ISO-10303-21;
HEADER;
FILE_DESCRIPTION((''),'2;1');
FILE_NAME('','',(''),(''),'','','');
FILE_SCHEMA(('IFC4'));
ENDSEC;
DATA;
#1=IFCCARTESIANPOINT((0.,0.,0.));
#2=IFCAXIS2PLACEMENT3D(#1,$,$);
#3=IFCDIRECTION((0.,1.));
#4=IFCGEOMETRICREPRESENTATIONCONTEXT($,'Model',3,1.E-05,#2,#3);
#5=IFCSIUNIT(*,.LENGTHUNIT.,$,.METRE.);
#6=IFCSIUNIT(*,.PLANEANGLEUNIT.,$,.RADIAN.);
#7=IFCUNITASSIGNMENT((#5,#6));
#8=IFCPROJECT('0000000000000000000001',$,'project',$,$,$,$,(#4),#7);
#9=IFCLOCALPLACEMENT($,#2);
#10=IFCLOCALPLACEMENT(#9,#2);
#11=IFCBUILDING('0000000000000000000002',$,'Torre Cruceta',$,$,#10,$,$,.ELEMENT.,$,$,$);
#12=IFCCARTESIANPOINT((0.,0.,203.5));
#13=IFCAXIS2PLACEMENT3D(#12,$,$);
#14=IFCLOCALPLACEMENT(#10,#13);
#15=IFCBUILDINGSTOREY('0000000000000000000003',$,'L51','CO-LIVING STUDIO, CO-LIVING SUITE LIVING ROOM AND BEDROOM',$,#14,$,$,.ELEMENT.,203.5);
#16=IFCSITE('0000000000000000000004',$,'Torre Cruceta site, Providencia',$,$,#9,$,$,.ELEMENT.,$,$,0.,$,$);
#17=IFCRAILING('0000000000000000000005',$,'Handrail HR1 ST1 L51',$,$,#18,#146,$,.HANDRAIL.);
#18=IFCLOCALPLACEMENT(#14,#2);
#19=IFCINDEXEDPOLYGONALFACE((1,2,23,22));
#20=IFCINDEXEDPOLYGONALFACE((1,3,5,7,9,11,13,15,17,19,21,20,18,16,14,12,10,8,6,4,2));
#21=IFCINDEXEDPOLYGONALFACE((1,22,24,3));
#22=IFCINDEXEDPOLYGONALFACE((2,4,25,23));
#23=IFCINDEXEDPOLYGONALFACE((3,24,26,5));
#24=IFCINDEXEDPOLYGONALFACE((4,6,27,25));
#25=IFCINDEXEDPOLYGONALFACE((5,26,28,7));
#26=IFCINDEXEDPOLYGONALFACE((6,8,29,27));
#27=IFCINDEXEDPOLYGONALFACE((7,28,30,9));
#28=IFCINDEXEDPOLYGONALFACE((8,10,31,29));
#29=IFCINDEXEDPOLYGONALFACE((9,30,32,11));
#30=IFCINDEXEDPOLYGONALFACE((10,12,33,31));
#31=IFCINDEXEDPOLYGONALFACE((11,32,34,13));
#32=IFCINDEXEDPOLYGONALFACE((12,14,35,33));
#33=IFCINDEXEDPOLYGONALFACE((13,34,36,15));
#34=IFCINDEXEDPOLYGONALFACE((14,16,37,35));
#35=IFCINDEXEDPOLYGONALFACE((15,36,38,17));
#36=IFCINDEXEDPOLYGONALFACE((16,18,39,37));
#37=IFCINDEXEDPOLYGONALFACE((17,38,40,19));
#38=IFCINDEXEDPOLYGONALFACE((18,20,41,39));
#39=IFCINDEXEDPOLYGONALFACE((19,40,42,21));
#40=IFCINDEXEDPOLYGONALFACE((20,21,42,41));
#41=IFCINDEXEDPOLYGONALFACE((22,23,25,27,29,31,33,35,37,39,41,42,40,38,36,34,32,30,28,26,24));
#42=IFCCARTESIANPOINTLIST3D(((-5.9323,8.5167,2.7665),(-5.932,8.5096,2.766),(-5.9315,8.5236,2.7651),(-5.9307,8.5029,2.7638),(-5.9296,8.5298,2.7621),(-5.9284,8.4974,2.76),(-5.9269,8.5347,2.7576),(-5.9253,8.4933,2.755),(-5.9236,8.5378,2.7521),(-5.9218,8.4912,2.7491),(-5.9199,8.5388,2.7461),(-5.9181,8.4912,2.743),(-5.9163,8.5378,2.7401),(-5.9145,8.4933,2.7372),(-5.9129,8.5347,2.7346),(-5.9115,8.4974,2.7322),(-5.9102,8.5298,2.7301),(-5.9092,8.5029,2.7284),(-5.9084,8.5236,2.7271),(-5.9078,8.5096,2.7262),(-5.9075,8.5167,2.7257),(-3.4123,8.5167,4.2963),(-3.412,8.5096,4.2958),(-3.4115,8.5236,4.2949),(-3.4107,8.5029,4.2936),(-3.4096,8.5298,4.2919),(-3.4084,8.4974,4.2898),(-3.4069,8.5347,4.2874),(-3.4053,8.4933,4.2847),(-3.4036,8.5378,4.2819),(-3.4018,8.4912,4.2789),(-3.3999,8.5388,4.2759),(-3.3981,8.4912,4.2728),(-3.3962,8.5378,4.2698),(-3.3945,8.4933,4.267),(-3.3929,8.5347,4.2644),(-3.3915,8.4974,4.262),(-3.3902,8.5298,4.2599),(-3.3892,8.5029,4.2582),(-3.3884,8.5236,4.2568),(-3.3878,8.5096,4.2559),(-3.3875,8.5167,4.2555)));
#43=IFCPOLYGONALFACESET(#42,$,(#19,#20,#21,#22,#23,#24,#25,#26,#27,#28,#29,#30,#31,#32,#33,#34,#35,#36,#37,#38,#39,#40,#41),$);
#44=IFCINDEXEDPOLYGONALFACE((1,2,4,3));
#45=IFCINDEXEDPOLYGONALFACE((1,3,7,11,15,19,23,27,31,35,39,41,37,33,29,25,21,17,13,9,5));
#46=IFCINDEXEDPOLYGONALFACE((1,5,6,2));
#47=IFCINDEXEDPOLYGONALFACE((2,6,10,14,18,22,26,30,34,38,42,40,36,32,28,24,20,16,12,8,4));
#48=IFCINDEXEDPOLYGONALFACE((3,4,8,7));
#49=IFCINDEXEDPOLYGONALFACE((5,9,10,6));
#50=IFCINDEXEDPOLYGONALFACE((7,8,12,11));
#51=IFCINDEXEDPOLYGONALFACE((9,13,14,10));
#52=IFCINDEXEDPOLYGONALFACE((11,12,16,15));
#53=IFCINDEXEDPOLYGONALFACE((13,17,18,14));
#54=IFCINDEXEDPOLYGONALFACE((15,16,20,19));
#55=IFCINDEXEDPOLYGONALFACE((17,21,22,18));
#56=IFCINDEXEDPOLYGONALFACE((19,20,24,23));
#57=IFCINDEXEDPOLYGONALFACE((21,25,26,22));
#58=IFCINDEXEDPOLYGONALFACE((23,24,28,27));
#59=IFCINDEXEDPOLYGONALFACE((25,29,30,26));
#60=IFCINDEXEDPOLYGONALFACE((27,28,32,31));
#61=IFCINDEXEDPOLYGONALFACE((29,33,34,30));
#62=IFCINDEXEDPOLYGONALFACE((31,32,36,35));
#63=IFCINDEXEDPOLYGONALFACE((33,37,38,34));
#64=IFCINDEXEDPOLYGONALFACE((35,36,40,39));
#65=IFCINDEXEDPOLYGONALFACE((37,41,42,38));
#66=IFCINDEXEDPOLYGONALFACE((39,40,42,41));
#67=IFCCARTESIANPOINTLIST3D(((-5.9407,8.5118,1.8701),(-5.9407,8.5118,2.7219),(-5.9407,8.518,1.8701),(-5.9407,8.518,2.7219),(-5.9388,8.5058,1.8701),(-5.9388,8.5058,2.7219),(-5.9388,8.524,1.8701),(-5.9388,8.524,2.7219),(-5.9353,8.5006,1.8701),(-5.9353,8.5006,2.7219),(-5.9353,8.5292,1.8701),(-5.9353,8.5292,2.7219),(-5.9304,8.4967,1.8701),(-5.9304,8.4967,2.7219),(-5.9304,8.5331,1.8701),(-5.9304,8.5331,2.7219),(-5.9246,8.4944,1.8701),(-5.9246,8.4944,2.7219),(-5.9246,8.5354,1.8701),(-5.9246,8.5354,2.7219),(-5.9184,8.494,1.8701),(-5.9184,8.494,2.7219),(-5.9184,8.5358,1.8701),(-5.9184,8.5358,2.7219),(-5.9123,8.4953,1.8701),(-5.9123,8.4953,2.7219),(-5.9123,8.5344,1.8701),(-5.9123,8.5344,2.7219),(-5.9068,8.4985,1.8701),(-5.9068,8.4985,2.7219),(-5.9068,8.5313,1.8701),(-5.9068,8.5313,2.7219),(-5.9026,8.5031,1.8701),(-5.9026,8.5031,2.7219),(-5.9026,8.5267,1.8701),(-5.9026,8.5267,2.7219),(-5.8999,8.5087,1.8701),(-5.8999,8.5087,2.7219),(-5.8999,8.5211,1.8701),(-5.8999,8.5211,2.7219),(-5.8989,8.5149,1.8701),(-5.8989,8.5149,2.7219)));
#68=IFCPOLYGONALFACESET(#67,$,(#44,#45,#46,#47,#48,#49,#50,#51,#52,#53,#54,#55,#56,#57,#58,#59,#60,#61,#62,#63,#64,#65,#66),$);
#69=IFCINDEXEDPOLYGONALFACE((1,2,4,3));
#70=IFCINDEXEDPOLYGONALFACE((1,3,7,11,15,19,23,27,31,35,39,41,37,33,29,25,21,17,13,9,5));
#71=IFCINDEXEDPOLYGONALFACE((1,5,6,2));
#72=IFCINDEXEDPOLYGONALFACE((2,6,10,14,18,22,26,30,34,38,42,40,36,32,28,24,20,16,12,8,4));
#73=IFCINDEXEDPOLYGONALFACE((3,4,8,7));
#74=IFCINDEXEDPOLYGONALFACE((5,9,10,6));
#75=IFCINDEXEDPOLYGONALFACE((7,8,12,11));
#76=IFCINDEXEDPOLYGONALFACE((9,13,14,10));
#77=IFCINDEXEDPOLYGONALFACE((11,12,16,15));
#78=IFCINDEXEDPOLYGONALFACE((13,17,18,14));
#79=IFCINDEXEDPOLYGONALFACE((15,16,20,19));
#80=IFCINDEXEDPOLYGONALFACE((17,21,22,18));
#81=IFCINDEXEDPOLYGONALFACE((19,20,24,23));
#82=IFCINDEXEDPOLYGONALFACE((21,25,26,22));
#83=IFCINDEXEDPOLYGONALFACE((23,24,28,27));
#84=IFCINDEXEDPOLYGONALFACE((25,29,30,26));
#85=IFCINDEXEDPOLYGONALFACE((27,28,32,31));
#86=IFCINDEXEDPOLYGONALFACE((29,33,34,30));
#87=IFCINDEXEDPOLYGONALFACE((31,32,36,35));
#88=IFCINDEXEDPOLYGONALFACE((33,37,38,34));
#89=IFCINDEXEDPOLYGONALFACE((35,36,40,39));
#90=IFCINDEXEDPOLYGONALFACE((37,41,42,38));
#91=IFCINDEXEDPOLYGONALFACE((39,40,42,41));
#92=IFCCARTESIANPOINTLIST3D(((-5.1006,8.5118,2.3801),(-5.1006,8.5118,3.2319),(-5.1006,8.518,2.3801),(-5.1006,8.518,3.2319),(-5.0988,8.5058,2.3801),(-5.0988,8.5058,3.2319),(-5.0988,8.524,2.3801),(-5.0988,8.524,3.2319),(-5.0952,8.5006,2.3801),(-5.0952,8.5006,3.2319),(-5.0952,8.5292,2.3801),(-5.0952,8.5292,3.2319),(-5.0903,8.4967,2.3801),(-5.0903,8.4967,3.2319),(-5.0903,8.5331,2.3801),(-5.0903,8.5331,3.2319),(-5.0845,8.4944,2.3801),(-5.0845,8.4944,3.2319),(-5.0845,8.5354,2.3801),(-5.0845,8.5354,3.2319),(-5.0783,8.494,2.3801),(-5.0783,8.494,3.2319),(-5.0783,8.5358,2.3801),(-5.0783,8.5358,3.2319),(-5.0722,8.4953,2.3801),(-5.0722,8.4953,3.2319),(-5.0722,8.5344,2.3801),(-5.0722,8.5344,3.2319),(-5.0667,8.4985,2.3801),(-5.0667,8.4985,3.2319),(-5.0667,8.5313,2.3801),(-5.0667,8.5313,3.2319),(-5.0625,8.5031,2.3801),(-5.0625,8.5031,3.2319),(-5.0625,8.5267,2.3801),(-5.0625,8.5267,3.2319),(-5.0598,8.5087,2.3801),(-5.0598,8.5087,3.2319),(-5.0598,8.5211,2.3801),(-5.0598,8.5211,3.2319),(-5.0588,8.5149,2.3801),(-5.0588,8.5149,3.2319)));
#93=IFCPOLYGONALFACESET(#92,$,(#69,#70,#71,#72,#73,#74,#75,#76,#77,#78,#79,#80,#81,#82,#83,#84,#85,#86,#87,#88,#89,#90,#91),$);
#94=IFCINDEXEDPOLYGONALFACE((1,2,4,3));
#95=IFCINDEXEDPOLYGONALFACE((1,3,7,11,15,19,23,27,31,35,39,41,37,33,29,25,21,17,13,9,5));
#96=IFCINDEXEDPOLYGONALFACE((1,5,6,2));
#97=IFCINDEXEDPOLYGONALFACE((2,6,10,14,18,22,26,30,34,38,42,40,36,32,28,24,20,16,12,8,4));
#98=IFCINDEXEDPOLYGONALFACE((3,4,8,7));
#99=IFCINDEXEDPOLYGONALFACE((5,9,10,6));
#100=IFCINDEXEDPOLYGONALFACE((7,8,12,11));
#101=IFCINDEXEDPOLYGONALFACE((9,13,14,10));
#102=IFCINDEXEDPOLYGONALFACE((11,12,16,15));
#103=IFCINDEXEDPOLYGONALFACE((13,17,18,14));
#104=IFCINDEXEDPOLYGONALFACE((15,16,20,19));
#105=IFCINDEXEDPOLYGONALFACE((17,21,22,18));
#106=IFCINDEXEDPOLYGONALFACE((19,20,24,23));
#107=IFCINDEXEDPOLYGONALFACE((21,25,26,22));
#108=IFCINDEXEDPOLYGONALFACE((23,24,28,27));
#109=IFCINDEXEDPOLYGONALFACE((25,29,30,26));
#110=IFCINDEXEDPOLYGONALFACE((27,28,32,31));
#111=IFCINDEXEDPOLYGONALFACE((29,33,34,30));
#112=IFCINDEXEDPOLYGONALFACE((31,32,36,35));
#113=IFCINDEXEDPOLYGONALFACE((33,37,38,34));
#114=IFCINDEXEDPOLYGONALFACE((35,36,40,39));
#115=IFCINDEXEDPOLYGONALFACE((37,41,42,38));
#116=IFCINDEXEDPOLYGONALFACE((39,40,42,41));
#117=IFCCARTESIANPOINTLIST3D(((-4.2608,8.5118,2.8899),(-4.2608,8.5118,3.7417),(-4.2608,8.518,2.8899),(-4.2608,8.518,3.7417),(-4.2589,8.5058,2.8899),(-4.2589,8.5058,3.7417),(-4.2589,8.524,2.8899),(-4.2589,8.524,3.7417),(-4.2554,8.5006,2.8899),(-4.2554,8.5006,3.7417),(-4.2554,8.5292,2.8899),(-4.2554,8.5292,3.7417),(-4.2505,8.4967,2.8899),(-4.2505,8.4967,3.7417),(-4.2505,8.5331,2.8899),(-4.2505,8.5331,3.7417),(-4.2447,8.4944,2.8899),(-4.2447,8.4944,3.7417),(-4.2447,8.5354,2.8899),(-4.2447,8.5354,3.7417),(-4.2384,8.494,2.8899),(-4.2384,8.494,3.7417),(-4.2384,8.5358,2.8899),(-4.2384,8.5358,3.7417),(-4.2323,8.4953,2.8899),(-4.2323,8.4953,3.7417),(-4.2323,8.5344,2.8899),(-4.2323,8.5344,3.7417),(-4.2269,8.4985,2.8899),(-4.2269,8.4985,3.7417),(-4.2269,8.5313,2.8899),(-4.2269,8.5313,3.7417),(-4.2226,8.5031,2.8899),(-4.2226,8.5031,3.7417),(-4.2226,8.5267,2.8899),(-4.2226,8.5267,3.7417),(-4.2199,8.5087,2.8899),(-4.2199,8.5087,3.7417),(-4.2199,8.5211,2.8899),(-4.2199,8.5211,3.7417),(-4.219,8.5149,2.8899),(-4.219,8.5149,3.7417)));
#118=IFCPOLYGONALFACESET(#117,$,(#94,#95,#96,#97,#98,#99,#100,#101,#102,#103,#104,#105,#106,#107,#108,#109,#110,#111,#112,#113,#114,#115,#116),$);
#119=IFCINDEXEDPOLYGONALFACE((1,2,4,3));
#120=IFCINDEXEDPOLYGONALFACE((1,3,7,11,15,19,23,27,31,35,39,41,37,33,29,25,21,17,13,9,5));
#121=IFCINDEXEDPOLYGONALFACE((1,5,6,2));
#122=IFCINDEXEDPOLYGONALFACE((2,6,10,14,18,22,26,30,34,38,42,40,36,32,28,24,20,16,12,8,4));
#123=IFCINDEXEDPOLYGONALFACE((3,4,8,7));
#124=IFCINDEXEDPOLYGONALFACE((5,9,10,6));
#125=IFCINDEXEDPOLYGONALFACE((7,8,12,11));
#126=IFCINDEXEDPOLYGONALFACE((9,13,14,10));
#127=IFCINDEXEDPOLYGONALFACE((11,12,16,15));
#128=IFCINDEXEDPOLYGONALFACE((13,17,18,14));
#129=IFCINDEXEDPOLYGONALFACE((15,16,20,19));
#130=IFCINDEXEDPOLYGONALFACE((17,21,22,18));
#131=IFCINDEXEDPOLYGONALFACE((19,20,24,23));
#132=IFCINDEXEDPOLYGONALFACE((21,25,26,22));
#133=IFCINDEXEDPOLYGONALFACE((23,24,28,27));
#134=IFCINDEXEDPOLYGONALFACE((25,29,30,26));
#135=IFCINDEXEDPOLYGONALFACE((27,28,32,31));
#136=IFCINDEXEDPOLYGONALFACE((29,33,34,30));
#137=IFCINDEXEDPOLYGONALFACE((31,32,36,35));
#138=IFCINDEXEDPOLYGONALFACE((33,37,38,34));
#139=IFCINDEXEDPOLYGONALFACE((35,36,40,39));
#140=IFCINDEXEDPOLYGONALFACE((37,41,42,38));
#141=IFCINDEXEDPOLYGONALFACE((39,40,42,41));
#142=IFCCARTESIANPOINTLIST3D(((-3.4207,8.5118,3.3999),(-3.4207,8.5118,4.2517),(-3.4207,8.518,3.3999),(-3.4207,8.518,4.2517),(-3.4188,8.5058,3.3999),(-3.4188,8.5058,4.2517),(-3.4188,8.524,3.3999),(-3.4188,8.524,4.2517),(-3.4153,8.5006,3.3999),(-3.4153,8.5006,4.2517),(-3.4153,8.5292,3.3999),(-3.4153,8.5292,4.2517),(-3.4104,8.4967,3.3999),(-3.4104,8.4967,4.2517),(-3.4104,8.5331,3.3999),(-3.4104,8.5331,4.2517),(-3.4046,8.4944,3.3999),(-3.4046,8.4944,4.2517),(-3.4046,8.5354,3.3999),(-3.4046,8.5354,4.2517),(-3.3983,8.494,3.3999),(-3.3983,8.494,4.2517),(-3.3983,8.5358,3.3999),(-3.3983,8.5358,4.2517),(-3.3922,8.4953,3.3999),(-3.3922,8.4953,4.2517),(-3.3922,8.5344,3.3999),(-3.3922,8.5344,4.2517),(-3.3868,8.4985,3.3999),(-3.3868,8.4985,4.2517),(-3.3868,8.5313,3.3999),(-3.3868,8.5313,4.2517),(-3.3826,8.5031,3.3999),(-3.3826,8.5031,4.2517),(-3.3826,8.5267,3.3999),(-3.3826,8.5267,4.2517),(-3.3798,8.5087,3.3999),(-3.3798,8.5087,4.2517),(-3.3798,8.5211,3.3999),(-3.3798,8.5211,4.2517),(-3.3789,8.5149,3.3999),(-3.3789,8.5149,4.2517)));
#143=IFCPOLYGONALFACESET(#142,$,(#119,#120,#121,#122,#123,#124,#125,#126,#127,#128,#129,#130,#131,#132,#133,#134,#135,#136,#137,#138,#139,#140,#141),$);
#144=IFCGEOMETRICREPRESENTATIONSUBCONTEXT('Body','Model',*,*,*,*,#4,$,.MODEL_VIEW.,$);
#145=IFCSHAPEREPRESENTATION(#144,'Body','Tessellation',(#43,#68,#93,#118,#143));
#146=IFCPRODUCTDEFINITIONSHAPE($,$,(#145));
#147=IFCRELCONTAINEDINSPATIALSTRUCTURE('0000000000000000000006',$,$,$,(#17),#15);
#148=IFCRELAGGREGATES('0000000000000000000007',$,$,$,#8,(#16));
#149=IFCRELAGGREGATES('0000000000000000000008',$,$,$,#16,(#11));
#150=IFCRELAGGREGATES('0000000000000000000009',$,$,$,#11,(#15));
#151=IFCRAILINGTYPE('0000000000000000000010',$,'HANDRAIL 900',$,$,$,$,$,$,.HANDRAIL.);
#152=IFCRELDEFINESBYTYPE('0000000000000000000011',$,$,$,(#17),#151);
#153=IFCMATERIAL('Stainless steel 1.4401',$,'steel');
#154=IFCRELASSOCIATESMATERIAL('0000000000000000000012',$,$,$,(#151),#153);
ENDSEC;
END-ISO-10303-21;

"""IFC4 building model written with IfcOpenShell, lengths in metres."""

from ifc_helpers import new_model, si_unit, direction, frame, origin, origin_2d, place, context, subcontext, project, spatial, circle, extrude, material, type_object, element, save


model = new_model("IFC4")

# Units and contexts
model_context = context("Model", 3, precision=1e-05, world=origin(), true_north=direction((0.0, 1.0)))
body_context = subcontext(model_context, "Body", "Model", "MODEL_VIEW")
ifc_project = project(units=[si_unit("LENGTHUNIT", "METRE"), si_unit("PLANEANGLEUNIT", "RADIAN")], contexts=[model_context])

# Site, building, storey
site_placement = place(None, origin())
site = spatial("IfcSite", under=ifc_project, at=site_placement, Name="Torre Cruceta site, Providencia", CompositionType="ELEMENT", RefElevation=0.0)
building_placement = place(site_placement, origin())
building = spatial("IfcBuilding", under=site, at=building_placement, Name="Torre Cruceta", CompositionType="ELEMENT")
storey_placement = place(building_placement, frame((0.0, 0.0, 203.5)))
storey = spatial("IfcBuildingStorey", under=building, at=storey_placement, Name="L51", Description="CO-LIVING STUDIO, CO-LIVING SUITE LIVING ROOM AND BEDROOM", CompositionType="ELEMENT", Elevation=203.5)

# Railing
ifc_material_1 = material(Name="Stainless steel 1.4401", Category="steel")
railing_type = type_object("IfcRailingType", Name="HANDRAIL 900", PredefinedType="HANDRAIL", material=ifc_material_1)
railing_placement = place(storey_placement, frame((-5.9199, 8.5149, 1.8701)))
element("IfcRailing", 1, at=railing_placement, inside=storey, type_object=railing_type, Name="Handrail HR1 ST1 L51", PredefinedType="HANDRAIL", context=body_context, shape_type="SweptSolid", body=[
    extrude(circle(Radius=0.0239, at=origin_2d()), frame((0.0, 0.0, 0.876), z_axis=(0.854822, 0.0, 0.518922), x_axis=(0.0, 1.0, 0.0)), (0.0, 0.0, 1.0), 2.948),
    extrude(circle(Radius=0.021, at=origin_2d()), origin(), (0.0, 0.0, 1.0), 0.8518),
    extrude(circle(Radius=0.021, at=origin_2d()), frame((0.8401, 0.0, 0.51)), (0.0, 0.0, 1.0), 0.8518),
    extrude(circle(Radius=0.021, at=origin_2d()), frame((1.6799, 0.0, 1.0198)), (0.0, 0.0, 1.0), 0.8518),
    extrude(circle(Radius=0.021, at=origin_2d()), frame((2.52, 0.0, 1.5298)), (0.0, 0.0, 1.0), 0.8518),
])

save(model, "model.ifc")
